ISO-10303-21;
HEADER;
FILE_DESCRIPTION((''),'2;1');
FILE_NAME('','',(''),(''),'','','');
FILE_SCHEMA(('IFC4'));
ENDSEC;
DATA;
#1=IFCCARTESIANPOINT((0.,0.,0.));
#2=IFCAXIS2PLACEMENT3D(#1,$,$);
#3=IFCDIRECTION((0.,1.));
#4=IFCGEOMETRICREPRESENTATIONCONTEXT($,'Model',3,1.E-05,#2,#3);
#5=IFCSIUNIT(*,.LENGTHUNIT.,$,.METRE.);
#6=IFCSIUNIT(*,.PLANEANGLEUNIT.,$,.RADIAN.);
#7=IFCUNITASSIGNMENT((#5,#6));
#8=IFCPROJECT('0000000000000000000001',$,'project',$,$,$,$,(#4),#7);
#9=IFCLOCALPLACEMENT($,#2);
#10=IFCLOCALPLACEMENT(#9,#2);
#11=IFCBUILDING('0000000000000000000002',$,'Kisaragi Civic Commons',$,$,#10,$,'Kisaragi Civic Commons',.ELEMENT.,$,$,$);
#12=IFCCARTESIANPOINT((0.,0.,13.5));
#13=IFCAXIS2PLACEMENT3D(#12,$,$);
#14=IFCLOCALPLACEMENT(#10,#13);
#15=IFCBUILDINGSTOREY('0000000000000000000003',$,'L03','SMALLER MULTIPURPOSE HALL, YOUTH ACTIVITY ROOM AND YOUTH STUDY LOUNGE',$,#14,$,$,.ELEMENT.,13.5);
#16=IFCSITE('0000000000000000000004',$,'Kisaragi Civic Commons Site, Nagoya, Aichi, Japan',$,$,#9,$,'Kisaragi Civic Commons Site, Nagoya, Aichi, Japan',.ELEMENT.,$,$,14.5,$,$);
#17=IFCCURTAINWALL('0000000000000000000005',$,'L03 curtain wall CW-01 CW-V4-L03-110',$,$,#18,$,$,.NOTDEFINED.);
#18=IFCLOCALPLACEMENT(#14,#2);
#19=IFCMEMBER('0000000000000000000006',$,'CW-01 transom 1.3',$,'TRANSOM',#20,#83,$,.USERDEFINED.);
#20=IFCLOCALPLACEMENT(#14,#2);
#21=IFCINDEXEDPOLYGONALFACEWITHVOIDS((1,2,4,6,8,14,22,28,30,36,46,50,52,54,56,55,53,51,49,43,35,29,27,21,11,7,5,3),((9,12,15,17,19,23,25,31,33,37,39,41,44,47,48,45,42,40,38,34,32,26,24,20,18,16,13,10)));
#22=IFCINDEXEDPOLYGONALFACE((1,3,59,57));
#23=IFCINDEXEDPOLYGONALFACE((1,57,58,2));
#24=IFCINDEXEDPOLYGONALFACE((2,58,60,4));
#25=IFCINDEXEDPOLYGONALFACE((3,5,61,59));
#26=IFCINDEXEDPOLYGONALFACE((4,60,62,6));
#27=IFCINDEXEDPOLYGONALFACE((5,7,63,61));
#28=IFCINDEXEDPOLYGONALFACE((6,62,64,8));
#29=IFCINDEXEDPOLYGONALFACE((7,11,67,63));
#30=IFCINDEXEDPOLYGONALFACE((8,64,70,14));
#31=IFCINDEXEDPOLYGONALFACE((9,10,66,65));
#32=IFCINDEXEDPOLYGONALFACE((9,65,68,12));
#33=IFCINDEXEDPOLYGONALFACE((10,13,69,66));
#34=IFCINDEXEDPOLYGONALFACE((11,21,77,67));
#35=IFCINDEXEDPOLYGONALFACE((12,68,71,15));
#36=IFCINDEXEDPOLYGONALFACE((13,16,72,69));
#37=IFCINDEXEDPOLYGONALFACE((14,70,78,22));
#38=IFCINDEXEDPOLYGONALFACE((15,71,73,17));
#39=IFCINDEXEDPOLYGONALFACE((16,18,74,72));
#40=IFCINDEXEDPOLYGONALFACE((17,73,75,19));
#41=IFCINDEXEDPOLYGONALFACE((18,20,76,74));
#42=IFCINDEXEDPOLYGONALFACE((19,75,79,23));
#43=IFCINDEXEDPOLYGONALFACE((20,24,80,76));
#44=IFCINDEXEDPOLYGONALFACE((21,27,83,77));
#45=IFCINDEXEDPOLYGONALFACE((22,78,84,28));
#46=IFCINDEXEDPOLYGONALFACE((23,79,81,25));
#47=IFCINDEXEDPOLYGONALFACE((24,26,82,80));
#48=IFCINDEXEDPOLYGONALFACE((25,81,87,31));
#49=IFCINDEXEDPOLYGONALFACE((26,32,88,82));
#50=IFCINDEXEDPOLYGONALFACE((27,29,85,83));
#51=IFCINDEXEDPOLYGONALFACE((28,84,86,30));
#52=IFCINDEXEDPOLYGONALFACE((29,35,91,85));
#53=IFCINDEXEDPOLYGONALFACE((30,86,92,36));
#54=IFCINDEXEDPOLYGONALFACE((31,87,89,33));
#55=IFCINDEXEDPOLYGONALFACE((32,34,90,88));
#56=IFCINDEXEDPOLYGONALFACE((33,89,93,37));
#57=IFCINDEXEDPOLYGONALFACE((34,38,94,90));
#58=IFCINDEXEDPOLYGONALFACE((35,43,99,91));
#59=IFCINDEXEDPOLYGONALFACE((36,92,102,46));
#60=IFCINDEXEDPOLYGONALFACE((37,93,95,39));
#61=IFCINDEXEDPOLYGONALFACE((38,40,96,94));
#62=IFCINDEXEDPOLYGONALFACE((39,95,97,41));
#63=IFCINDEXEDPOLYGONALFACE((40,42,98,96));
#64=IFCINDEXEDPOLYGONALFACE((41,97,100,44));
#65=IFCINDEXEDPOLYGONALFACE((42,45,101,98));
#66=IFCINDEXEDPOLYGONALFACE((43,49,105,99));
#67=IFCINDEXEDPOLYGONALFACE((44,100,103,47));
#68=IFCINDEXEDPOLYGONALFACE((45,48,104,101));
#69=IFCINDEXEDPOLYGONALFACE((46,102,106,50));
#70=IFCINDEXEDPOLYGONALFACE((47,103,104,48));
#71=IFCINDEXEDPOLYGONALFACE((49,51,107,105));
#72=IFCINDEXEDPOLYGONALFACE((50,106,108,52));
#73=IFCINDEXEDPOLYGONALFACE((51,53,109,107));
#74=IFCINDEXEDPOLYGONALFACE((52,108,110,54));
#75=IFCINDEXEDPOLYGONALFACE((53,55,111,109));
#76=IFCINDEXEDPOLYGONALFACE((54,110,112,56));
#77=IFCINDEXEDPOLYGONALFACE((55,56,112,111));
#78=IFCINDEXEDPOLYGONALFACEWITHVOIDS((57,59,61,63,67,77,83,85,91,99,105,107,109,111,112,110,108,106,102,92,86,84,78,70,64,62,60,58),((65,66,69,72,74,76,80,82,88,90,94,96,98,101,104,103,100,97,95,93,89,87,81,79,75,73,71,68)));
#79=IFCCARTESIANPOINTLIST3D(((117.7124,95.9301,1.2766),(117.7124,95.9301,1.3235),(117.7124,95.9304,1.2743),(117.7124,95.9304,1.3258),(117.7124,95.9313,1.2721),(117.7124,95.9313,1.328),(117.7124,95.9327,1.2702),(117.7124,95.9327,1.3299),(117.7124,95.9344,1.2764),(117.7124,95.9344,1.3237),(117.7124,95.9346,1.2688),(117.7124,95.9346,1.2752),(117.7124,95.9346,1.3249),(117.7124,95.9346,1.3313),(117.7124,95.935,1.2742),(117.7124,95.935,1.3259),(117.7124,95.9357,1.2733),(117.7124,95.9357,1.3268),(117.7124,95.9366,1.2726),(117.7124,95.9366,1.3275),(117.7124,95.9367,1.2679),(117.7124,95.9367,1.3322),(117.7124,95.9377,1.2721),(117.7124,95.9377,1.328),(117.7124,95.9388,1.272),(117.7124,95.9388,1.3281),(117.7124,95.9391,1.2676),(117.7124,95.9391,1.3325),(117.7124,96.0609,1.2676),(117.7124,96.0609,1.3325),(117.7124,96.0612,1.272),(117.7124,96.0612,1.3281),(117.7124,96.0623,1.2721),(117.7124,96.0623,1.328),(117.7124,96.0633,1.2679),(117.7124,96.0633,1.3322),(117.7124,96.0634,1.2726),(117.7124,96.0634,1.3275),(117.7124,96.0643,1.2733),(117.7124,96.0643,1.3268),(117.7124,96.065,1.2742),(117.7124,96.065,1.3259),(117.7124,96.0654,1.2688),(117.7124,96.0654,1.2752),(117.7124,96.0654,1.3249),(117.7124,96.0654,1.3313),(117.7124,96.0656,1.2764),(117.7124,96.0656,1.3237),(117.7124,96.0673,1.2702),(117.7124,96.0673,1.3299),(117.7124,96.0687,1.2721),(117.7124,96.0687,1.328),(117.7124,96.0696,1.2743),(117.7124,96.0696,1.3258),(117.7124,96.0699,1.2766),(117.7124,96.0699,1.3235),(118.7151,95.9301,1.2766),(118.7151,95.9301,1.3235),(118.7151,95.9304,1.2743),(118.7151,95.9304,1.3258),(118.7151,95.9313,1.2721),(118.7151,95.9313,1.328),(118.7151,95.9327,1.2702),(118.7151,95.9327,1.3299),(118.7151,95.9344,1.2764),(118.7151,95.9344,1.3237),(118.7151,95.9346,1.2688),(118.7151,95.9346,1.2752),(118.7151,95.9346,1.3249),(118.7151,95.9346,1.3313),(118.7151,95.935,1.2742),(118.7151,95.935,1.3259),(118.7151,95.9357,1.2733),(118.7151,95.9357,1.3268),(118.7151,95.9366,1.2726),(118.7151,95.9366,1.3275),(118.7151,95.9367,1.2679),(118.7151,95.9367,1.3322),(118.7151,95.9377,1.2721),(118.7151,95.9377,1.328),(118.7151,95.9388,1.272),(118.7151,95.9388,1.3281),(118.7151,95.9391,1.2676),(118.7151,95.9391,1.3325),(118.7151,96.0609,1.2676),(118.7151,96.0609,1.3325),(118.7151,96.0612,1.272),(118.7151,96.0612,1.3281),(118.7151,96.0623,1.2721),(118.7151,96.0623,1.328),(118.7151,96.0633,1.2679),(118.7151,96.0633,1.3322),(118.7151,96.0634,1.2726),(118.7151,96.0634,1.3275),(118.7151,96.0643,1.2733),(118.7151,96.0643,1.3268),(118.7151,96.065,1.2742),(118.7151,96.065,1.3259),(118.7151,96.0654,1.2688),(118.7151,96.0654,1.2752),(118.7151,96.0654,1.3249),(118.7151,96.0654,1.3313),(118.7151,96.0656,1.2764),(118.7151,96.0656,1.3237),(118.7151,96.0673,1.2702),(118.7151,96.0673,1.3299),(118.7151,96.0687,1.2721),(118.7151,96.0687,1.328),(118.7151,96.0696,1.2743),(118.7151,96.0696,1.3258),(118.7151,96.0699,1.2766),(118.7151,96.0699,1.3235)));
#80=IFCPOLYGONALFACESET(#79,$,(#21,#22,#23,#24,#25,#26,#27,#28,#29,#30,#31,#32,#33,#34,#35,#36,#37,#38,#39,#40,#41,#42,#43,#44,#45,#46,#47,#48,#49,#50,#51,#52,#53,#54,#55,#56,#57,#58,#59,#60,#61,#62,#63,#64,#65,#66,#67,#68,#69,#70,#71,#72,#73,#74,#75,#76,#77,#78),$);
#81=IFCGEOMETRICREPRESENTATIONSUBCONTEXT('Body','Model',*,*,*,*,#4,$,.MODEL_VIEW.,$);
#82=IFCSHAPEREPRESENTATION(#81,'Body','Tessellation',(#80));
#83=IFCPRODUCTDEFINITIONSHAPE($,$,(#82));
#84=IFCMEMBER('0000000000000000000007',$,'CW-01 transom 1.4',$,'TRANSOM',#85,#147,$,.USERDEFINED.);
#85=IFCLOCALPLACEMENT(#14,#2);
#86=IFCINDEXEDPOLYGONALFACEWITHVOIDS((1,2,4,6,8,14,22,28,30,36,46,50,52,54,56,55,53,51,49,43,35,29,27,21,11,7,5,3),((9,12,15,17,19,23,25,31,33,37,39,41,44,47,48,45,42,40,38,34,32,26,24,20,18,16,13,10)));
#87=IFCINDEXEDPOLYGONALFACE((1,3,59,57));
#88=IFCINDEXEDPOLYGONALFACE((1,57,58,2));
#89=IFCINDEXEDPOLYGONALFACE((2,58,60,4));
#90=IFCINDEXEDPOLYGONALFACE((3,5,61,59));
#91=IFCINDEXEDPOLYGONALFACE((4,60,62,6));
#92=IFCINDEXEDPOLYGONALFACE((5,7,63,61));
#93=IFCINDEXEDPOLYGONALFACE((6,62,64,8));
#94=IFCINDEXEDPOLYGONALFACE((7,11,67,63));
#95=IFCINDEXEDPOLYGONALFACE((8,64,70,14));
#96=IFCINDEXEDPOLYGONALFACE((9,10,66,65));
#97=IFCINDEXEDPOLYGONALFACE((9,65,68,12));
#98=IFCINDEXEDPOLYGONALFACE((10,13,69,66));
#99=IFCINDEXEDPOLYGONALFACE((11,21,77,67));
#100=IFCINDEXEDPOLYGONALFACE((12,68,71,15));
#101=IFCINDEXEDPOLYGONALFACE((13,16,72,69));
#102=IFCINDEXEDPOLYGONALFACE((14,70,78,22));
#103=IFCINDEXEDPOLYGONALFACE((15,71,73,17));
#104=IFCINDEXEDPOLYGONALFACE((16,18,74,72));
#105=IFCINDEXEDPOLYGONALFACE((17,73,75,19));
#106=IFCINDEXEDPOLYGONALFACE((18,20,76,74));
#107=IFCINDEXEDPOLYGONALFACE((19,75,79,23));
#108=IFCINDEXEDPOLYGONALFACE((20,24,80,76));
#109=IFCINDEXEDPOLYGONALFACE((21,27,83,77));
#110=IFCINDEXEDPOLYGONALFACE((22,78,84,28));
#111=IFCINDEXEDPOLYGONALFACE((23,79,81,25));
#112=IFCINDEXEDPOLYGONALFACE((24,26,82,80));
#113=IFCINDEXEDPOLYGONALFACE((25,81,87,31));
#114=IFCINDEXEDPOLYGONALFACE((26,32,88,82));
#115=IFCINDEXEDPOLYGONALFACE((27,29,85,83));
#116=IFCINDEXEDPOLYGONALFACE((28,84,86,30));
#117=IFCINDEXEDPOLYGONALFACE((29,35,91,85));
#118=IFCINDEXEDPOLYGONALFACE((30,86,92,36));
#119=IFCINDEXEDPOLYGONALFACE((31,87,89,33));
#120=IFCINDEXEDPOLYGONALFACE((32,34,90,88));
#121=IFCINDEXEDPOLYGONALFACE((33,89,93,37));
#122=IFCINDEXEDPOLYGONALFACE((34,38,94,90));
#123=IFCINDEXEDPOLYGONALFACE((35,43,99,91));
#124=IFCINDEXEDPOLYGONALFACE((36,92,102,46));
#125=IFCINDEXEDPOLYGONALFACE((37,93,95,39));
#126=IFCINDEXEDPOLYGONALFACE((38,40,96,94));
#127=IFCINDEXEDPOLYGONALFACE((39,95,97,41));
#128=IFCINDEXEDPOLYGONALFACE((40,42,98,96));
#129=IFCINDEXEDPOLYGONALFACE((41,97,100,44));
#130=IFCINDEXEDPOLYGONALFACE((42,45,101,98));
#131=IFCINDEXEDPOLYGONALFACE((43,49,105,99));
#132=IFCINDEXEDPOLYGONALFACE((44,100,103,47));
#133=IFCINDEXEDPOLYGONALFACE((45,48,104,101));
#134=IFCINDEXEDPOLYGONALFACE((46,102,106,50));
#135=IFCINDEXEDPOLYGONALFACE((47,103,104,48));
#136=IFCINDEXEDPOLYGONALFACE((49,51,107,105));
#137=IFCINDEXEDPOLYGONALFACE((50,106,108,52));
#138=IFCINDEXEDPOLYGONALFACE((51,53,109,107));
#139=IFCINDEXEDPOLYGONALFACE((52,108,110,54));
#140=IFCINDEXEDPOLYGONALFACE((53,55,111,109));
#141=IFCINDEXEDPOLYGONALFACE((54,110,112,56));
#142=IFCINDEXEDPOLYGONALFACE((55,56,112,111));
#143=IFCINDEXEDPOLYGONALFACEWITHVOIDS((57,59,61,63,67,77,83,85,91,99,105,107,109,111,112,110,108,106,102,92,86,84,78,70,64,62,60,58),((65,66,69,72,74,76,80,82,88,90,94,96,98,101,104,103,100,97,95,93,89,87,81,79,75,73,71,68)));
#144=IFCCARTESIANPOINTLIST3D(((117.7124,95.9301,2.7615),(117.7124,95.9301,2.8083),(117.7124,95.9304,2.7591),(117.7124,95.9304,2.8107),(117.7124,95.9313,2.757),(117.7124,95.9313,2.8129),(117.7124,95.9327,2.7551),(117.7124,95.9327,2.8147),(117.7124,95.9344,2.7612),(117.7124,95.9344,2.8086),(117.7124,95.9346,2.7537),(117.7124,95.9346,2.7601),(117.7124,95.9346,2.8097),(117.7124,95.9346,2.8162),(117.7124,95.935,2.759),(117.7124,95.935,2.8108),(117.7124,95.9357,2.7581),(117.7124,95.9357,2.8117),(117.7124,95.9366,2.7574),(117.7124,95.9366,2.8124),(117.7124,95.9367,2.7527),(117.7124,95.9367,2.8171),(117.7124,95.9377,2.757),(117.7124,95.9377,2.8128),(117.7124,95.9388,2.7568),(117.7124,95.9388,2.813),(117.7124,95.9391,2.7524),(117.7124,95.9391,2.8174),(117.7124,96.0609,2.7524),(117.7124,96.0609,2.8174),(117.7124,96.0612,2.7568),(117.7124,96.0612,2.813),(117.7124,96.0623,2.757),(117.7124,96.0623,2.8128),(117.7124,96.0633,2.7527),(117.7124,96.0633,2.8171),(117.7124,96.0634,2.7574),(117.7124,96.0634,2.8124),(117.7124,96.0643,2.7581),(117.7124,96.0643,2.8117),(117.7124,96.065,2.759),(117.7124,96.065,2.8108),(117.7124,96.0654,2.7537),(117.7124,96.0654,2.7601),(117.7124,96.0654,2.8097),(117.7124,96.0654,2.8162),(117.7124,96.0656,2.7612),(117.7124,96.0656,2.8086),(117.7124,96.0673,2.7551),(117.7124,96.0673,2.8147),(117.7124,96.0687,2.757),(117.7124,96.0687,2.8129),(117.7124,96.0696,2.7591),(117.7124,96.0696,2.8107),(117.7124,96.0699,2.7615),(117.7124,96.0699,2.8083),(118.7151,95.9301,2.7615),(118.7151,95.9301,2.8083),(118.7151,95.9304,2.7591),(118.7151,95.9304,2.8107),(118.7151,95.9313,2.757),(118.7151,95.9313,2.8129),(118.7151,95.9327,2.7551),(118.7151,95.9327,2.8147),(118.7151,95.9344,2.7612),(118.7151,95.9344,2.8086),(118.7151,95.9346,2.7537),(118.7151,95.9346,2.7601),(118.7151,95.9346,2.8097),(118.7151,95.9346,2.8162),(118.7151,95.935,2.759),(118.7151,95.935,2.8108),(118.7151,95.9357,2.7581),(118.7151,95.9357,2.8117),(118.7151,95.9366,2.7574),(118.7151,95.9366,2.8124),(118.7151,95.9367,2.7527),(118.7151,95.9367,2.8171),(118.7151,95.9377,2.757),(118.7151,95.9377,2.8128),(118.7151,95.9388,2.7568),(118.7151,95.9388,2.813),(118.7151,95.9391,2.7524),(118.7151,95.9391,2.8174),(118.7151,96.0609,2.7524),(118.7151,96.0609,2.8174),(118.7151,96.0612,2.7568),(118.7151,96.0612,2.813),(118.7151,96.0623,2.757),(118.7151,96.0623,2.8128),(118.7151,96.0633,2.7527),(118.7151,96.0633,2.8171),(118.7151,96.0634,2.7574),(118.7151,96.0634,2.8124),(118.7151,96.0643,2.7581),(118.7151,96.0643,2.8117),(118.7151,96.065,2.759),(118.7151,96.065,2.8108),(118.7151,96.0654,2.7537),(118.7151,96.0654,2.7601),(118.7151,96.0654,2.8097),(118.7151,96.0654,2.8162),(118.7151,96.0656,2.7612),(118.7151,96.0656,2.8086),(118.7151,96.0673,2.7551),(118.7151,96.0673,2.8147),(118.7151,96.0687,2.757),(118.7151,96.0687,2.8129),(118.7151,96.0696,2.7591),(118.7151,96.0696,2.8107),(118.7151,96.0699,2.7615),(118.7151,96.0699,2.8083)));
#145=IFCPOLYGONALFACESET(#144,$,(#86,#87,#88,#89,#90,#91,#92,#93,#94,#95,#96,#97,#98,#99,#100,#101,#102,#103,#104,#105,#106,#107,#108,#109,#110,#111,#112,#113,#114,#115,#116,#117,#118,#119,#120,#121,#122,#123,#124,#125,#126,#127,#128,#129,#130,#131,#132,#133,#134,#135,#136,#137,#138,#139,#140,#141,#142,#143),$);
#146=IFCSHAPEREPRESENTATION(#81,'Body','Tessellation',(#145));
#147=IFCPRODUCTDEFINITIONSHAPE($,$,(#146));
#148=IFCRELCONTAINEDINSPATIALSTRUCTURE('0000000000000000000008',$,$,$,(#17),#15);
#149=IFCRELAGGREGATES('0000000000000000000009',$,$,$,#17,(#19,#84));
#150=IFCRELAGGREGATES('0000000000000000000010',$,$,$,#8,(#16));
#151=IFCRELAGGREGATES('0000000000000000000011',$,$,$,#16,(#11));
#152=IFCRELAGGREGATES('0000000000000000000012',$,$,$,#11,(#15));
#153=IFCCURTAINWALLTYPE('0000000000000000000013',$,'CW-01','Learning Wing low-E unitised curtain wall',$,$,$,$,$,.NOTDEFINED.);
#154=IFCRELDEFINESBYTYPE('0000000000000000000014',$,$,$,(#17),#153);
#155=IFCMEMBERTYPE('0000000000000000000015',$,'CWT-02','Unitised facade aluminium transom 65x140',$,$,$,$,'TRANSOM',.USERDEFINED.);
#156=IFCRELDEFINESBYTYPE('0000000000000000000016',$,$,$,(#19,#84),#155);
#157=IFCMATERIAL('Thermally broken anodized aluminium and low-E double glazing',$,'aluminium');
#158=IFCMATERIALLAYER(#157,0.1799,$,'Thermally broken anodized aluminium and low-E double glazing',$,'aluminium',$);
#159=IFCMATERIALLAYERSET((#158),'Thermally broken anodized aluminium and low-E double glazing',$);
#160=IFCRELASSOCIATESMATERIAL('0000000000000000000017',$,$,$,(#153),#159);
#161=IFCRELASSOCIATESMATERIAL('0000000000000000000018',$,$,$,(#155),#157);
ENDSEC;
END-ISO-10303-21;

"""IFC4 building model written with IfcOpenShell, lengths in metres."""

from ifc_helpers import new_model, si_unit, direction, frame, origin, origin_2d, place, context, subcontext, project, spatial, hollow_rectangle, extrude, material, layer, layer_set, material_profile, profile_set, type_object, element, aggregate, save


model = new_model("IFC4")

# Units and contexts
model_context = context("Model", 3, precision=1e-05, world=origin(), true_north=direction((0.0, 1.0)))
body_context = subcontext(model_context, "Body", "Model", "MODEL_VIEW")
ifc_project = project(units=[si_unit("LENGTHUNIT", "METRE"), si_unit("PLANEANGLEUNIT", "RADIAN")], contexts=[model_context])

# Site, building, storey
site_placement = place(None, origin())
site = spatial("IfcSite", under=ifc_project, at=site_placement, Name="Kisaragi Civic Commons Site, Nagoya, Aichi, Japan", LongName="Kisaragi Civic Commons Site, Nagoya, Aichi, Japan", CompositionType="ELEMENT", RefElevation=14.5)
building_placement = place(site_placement, origin())
building = spatial("IfcBuilding", under=site, at=building_placement, Name="Kisaragi Civic Commons", LongName="Kisaragi Civic Commons", CompositionType="ELEMENT")
storey_placement = place(building_placement, frame((0.0, 0.0, 13.5)))
storey = spatial("IfcBuildingStorey", under=building, at=storey_placement, Name="L03", Description="SMALLER MULTIPURPOSE HALL, YOUTH ACTIVITY ROOM AND YOUTH STUDY LOUNGE", CompositionType="ELEMENT", Elevation=13.5)

# Curtain wall
ifc_material = material(Name="Thermally broken anodized aluminium and low-E double glazing", Category="aluminium")
ifc_layer_1 = layer(ifc_material, 0.1799, Name="Thermally broken anodized aluminium and low-E double glazing", Category="aluminium")
ifc_layer_set_1 = layer_set([ifc_layer_1], Name="Thermally broken anodized aluminium and low-E double glazing")
curtain_wall_type = type_object("IfcCurtainWallType", Name="CW-01", Description="Learning Wing low-E unitised curtain wall", PredefinedType="NOTDEFINED", material=ifc_layer_set_1)
curtain_wall_1_placement = place(storey_placement, origin())
curtain_wall_1 = element("IfcCurtainWall", 1, at=curtain_wall_1_placement, inside=storey, type_object=curtain_wall_type, Name="L03 curtain wall CW-01 CW-V4-L03-110", PredefinedType="NOTDEFINED")

# Members
ifc_material_profile_1 = material_profile(ifc_material, hollow_rectangle(XDim=0.1399, YDim=0.0649, WallThickness=0.0044, InnerFilletRadius=0.0044, OuterFilletRadius=0.009, at=origin_2d()), Name="CWT-65x140x4.5", Category="aluminium")
ifc_profile_set_1 = profile_set([ifc_material_profile_1], Name="Thermally broken anodized aluminium and low-E double glazing")
member_type_1 = type_object("IfcMemberType", Name="CWT-02", Description="Unitised facade aluminium transom 65x140", ElementType="TRANSOM", PredefinedType="USERDEFINED", material=ifc_profile_set_1)
member_1_placement = place(storey_placement, frame((118.7151, 96.0, 1.3), z_axis=(-1.0, 0.0, 0.0), x_axis=(0.0, -1.0, 0.0)))
member_1 = element("IfcMember", 2, at=member_1_placement, type_object=member_type_1, Name="CW-01 transom 1.3", ObjectType="TRANSOM", PredefinedType="USERDEFINED", context=body_context, shape_type="SweptSolid", body=[
    extrude(hollow_rectangle(XDim=0.1399, YDim=0.0649, WallThickness=0.0044, InnerFilletRadius=0.0044, OuterFilletRadius=0.009, at=origin_2d()), origin(), (0.0, 0.0, 1.0), 1.0027),
])
member_2_placement = place(storey_placement, frame((118.7151, 96.0, 2.7849), z_axis=(-1.0, 0.0, 0.0), x_axis=(0.0, -1.0, 0.0)))
member_2 = element("IfcMember", 3, at=member_2_placement, type_object=member_type_1, Name="CW-01 transom 1.4", ObjectType="TRANSOM", PredefinedType="USERDEFINED", context=body_context, shape_type="SweptSolid", body=[
    extrude(hollow_rectangle(XDim=0.1399, YDim=0.0649, WallThickness=0.0044, InnerFilletRadius=0.0044, OuterFilletRadius=0.009, at=origin_2d()), origin(), (0.0, 0.0, 1.0), 1.0027),
])

aggregate(curtain_wall_1, [member_1, member_2])

save(model, "model.ifc")
